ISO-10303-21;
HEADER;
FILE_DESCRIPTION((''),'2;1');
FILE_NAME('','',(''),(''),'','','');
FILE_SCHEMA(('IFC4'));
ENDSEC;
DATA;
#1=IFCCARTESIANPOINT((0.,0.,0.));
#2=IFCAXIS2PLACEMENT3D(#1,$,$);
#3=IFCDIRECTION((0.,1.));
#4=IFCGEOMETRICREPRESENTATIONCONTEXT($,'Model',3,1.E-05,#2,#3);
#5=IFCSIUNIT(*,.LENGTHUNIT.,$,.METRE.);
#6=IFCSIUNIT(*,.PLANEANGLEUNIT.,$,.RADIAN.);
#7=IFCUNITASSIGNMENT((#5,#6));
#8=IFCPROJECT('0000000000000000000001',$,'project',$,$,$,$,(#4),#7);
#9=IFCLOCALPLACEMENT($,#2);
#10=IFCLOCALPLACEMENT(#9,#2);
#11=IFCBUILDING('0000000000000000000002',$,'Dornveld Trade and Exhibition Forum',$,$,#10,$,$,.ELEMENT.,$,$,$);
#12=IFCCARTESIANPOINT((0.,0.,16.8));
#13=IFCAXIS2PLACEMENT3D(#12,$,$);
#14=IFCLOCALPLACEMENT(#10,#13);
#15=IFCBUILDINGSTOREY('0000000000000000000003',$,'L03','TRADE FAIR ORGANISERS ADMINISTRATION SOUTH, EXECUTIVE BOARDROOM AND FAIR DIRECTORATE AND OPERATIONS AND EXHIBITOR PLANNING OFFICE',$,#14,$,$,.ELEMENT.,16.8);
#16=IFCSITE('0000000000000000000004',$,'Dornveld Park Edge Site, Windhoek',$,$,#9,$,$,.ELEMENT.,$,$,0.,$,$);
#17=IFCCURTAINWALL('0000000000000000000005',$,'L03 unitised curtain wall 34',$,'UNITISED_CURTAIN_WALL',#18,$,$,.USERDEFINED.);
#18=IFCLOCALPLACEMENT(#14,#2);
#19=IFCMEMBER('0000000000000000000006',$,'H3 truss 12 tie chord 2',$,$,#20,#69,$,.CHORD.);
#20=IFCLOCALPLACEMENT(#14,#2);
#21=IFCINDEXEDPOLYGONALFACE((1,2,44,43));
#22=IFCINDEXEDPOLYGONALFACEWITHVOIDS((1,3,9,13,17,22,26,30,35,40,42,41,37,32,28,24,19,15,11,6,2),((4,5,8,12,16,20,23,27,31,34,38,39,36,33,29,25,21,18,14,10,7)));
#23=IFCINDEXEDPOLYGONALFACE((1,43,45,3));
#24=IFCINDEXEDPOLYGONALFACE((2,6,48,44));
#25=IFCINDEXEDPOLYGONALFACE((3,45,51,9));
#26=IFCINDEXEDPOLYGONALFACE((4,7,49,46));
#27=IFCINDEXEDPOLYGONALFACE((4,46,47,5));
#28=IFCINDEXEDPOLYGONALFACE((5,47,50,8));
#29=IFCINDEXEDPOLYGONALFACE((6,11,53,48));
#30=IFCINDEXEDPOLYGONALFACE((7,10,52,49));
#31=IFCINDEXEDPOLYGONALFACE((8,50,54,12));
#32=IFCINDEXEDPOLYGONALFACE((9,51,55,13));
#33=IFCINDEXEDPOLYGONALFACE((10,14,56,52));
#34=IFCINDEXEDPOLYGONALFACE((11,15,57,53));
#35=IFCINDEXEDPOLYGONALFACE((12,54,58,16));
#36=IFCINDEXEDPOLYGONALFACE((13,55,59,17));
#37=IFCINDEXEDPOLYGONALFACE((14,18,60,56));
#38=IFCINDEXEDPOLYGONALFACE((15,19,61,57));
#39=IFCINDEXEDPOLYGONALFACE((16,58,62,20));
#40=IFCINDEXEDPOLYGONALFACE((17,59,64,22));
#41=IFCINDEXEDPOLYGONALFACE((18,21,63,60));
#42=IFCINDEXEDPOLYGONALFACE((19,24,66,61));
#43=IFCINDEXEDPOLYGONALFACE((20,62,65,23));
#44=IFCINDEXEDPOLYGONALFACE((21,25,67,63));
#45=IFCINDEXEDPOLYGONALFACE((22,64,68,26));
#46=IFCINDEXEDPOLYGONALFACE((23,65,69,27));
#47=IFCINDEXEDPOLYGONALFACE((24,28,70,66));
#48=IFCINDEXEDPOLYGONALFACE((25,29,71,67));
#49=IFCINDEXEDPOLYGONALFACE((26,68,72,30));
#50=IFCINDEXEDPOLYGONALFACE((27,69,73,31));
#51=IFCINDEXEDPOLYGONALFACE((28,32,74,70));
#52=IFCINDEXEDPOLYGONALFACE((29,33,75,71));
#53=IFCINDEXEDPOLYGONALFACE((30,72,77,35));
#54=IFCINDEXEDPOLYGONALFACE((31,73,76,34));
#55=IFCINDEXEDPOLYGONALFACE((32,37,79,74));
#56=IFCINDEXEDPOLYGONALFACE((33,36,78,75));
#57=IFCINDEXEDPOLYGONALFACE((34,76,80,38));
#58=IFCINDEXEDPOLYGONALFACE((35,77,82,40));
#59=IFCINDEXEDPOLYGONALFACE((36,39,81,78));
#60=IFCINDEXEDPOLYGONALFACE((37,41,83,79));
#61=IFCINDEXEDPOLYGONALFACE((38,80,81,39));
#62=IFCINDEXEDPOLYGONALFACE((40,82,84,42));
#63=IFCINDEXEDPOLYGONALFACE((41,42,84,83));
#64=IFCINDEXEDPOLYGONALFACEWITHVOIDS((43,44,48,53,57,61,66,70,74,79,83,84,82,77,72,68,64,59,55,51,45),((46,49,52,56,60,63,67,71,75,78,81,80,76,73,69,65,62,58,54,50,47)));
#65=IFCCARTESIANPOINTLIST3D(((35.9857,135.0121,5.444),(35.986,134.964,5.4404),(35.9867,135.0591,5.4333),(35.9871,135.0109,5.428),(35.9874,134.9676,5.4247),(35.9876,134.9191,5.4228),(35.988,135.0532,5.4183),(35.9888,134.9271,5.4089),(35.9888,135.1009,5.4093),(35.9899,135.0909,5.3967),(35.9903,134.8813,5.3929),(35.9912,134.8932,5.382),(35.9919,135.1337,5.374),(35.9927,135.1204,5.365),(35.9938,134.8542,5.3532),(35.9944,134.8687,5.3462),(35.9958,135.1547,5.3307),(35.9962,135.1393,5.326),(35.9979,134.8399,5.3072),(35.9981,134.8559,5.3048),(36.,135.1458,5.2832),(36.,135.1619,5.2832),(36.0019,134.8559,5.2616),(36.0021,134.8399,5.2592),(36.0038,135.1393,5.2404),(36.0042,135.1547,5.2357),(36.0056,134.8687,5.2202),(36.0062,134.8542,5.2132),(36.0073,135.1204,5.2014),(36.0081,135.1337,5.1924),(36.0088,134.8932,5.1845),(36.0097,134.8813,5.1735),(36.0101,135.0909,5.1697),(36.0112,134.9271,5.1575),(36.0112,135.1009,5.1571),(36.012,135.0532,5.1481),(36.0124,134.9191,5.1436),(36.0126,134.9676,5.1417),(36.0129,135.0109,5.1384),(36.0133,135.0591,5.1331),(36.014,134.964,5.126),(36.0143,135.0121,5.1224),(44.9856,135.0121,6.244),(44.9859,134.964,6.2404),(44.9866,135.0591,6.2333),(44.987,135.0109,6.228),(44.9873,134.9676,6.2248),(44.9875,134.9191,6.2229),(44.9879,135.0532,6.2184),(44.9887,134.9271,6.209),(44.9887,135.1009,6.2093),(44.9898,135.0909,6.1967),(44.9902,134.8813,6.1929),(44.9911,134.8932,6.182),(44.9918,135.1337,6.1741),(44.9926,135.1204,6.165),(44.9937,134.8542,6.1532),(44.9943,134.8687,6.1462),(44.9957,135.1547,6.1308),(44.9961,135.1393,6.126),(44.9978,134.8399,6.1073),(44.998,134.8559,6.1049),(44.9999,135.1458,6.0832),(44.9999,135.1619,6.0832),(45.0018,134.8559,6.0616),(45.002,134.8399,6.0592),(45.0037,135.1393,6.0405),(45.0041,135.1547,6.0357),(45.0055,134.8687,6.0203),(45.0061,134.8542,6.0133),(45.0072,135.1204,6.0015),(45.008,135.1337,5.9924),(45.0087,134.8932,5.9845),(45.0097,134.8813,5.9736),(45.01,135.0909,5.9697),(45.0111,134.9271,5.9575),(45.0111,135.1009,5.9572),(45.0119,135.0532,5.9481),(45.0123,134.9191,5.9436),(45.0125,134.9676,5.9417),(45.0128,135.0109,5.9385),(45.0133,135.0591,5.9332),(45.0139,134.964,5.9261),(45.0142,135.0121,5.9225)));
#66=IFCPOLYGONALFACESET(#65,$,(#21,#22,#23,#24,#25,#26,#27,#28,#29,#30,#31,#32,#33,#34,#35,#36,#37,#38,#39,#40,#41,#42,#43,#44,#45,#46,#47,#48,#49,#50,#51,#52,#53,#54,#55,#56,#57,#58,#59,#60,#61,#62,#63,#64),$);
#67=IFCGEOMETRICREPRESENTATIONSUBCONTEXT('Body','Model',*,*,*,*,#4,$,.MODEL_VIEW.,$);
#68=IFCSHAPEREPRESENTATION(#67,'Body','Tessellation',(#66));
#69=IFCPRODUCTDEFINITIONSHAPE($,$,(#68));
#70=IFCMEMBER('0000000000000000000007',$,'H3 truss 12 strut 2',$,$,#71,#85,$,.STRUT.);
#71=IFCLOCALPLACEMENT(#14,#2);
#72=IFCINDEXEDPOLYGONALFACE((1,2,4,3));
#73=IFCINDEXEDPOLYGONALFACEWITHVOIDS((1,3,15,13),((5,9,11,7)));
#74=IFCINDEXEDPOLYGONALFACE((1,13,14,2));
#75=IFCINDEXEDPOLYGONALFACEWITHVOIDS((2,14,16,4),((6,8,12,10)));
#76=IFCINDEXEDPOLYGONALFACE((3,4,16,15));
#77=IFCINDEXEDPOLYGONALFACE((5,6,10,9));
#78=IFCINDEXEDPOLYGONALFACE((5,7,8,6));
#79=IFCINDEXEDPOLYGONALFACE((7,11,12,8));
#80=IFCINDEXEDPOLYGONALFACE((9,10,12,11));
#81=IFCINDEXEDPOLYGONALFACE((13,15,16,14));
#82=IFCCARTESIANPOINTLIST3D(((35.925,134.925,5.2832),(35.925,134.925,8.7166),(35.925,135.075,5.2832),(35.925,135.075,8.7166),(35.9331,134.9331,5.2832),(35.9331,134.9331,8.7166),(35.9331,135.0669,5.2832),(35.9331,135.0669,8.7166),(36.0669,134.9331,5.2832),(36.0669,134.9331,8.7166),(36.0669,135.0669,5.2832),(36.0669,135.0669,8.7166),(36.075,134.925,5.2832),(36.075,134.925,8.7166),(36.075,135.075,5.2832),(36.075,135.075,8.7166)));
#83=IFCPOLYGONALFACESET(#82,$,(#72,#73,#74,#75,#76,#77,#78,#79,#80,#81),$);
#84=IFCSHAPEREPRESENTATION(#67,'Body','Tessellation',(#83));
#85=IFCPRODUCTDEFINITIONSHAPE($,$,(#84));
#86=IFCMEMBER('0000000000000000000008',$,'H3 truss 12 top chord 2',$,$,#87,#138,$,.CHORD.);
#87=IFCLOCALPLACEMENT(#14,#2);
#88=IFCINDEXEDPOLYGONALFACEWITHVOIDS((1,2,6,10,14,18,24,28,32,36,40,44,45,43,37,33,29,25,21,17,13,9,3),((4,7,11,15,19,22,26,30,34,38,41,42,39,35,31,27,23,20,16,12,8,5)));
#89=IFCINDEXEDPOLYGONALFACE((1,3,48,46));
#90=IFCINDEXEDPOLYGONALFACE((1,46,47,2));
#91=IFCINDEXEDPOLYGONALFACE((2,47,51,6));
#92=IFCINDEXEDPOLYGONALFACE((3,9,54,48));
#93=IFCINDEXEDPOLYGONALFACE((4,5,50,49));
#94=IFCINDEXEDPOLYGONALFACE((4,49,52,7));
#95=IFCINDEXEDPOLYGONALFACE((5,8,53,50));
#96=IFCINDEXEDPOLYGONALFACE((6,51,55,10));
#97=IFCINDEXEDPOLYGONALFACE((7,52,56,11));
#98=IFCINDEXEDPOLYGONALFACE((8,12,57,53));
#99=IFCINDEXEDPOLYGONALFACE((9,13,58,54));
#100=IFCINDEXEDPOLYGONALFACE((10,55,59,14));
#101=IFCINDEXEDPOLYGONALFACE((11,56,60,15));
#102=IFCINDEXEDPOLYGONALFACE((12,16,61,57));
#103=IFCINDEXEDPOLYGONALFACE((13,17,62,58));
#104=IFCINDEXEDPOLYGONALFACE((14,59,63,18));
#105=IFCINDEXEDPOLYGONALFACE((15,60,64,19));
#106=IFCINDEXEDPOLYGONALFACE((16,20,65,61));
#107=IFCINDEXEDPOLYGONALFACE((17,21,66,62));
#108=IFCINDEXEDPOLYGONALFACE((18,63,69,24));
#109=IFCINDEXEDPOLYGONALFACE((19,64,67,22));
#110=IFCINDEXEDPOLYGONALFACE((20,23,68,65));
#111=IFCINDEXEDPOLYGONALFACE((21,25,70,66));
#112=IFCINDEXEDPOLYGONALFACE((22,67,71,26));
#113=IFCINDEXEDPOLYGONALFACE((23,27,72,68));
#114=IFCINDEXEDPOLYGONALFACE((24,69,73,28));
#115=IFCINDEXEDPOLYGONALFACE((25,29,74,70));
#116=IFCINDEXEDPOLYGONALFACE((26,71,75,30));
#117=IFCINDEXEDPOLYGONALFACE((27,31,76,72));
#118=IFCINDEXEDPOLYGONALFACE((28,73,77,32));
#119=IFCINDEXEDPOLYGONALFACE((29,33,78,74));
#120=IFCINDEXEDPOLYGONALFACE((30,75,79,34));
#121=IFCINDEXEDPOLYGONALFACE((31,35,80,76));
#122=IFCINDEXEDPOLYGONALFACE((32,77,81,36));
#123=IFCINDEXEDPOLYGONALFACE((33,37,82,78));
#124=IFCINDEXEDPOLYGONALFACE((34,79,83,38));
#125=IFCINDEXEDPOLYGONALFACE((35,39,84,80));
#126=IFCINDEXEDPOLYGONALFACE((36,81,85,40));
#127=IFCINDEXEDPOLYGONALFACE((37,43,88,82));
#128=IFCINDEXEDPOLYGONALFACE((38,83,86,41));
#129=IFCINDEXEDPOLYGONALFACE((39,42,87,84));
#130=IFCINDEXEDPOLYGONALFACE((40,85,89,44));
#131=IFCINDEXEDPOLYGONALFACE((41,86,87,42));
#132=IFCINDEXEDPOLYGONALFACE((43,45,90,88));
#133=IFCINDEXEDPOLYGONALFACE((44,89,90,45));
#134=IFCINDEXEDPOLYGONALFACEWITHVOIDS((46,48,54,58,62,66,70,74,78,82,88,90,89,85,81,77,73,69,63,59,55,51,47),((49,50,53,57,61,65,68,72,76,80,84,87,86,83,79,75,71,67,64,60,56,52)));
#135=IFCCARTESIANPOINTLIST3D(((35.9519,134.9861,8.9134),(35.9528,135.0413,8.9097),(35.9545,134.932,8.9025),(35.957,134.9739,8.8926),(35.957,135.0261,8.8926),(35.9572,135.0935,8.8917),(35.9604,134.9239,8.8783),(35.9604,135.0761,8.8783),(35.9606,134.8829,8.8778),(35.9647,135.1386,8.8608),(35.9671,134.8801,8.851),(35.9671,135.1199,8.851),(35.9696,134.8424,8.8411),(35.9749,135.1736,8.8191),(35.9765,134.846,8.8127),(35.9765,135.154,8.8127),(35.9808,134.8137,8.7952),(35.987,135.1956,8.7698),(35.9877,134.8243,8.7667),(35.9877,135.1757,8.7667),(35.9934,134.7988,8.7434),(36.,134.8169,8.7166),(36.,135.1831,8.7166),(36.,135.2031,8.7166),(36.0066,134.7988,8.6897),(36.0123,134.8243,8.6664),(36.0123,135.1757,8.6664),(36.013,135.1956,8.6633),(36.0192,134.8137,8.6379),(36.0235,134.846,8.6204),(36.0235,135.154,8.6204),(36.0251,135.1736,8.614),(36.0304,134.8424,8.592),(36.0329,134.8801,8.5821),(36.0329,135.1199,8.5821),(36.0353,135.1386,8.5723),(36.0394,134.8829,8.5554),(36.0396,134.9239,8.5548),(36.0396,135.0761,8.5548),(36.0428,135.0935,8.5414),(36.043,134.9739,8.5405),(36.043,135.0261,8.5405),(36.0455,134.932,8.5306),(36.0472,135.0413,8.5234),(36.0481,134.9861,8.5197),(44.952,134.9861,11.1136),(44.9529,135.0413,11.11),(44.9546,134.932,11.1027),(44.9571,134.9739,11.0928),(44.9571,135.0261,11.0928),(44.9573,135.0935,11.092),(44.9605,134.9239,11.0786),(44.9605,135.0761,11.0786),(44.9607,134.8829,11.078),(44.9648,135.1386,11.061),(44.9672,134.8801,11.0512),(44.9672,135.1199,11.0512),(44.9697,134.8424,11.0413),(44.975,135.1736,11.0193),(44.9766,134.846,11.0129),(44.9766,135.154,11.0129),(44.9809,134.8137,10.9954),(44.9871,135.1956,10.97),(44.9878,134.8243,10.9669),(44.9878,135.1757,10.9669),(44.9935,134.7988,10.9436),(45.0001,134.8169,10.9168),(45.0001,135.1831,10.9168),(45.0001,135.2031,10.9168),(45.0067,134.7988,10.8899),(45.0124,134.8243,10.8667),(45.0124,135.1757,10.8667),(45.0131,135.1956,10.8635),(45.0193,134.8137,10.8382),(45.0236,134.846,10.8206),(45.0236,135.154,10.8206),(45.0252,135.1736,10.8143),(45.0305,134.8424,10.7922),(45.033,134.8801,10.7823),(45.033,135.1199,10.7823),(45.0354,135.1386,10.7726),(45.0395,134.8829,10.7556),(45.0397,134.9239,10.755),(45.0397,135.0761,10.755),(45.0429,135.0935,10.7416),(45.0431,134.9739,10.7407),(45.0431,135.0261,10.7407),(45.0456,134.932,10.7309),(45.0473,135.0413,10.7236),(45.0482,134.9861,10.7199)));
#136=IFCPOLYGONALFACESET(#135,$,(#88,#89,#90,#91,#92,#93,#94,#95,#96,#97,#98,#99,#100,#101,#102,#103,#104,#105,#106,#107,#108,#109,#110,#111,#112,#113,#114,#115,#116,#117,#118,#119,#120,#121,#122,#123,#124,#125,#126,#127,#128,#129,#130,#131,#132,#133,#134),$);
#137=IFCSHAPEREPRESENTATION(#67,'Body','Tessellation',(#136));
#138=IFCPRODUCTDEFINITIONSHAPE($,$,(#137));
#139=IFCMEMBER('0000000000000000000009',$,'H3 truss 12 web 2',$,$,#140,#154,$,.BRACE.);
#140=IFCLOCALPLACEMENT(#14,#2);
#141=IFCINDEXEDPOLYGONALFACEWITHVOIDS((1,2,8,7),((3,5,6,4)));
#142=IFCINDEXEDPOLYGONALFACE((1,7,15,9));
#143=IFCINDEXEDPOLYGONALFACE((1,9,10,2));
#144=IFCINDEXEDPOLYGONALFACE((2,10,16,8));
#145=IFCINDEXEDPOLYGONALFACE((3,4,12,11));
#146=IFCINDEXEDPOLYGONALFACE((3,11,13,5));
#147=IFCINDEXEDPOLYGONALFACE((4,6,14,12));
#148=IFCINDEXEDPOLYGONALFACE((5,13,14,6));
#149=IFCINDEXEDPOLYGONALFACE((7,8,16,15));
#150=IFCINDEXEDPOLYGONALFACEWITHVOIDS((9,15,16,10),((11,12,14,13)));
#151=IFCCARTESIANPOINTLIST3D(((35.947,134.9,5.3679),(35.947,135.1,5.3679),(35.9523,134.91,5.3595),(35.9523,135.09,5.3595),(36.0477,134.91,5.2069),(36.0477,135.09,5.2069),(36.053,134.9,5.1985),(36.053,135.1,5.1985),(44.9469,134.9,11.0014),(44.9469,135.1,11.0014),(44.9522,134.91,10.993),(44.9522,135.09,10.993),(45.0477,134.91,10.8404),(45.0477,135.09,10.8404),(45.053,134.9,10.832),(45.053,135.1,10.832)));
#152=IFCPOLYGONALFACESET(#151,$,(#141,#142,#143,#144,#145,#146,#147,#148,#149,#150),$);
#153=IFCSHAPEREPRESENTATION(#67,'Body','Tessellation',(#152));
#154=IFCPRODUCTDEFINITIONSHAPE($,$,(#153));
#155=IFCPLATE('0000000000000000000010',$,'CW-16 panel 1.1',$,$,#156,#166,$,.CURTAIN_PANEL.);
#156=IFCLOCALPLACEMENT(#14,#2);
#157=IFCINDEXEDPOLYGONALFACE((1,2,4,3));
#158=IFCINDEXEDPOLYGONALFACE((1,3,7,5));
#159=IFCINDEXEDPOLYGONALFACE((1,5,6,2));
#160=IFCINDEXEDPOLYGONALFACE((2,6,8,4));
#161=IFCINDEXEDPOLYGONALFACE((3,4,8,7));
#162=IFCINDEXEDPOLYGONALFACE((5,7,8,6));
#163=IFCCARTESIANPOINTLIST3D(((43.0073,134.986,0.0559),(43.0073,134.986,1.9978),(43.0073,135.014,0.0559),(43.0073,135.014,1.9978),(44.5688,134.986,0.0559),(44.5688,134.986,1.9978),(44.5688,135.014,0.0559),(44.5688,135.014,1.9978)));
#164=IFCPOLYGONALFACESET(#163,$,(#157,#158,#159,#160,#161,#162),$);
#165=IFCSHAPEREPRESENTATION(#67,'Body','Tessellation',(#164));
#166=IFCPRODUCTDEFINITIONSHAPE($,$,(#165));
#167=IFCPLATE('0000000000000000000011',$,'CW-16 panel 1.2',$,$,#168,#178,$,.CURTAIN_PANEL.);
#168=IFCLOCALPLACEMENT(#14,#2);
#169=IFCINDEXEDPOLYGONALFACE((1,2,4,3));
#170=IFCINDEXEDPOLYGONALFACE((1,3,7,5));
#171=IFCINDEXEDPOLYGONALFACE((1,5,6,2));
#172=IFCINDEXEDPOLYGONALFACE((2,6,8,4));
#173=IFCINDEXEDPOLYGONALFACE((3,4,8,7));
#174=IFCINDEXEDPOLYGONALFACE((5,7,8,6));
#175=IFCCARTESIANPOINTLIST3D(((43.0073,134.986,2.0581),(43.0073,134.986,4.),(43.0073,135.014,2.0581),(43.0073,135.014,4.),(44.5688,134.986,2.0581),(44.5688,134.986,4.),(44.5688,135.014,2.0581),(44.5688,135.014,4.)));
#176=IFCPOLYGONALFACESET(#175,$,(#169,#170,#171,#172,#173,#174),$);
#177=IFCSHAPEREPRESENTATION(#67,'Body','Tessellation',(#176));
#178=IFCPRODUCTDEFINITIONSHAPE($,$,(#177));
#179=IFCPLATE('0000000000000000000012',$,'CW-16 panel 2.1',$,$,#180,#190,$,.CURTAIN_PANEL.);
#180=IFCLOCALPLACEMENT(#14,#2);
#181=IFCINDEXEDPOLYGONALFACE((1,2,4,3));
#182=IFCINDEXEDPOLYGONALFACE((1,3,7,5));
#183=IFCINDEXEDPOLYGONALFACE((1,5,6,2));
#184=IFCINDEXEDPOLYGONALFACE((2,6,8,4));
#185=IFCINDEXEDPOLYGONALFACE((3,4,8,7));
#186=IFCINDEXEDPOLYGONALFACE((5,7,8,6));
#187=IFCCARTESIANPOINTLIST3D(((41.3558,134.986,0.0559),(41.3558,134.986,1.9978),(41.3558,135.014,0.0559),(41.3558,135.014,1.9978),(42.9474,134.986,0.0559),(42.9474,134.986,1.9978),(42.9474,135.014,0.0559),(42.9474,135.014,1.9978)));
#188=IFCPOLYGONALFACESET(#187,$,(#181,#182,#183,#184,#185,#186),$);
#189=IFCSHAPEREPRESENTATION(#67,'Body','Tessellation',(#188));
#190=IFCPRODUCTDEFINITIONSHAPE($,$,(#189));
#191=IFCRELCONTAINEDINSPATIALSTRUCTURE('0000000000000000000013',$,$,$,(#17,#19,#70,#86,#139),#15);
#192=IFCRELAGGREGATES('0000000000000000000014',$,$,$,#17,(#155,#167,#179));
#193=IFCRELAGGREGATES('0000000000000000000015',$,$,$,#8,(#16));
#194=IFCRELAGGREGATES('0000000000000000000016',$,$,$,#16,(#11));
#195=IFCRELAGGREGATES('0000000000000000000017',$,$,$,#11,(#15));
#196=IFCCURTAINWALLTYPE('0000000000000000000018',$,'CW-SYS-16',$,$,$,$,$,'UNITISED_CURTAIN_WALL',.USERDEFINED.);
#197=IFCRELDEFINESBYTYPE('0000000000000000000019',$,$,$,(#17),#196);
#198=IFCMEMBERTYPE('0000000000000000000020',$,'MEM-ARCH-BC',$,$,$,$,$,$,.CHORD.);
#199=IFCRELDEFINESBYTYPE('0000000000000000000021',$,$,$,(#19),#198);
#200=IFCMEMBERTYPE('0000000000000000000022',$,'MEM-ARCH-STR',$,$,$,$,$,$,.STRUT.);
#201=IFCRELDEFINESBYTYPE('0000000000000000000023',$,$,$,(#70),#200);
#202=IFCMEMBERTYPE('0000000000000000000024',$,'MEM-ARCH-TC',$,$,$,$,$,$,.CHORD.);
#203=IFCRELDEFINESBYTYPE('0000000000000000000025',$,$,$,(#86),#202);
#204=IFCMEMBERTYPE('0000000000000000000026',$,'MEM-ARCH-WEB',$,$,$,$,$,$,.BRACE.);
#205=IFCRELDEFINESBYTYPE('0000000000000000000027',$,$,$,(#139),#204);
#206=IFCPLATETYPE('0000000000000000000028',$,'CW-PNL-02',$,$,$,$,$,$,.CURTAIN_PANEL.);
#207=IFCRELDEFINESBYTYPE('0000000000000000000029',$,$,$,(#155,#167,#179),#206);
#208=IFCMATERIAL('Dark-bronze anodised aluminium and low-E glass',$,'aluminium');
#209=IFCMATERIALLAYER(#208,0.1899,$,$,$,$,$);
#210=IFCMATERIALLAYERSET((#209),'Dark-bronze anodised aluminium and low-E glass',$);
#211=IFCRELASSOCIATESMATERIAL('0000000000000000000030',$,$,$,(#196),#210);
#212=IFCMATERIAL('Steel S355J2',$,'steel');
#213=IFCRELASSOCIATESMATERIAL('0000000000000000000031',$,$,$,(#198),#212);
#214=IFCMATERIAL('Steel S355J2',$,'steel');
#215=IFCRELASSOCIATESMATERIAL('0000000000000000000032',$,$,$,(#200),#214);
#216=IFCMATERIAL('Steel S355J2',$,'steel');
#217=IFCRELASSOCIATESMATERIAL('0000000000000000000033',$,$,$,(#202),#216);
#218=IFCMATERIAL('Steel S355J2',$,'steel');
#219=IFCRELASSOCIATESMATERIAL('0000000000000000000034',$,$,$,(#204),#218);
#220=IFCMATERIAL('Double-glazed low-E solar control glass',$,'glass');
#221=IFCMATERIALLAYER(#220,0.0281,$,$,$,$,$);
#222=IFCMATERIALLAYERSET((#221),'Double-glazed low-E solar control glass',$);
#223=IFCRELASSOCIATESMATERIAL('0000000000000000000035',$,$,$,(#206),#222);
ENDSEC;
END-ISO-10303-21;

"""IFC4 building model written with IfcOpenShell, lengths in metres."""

from ifc_helpers import new_model, si_unit, direction, frame, origin, origin_2d, place, context, subcontext, project, spatial, rectangle, hollow_rectangle, hollow_circle, extrude, material, layer, layer_set, material_profile, profile_set, type_object, element, aggregate, save


model = new_model("IFC4")

# Units and contexts
model_context = context("Model", 3, precision=1e-05, world=origin(), true_north=direction((0.0, 1.0)))
body_context = subcontext(model_context, "Body", "Model", "MODEL_VIEW")
ifc_project = project(units=[si_unit("LENGTHUNIT", "METRE"), si_unit("PLANEANGLEUNIT", "RADIAN")], contexts=[model_context])

# Site, building, storey
site_placement = place(None, origin())
site = spatial("IfcSite", under=ifc_project, at=site_placement, Name="Dornveld Park Edge Site, Windhoek", CompositionType="ELEMENT", RefElevation=0.0)
building_placement = place(site_placement, origin())
building = spatial("IfcBuilding", under=site, at=building_placement, Name="Dornveld Trade and Exhibition Forum", CompositionType="ELEMENT")
storey_placement = place(building_placement, frame((0.0, 0.0, 16.8)))
storey = spatial("IfcBuildingStorey", under=building, at=storey_placement, Name="L03", Description="TRADE FAIR ORGANISERS ADMINISTRATION SOUTH, EXECUTIVE BOARDROOM AND FAIR DIRECTORATE AND OPERATIONS AND EXHIBITOR PLANNING OFFICE", CompositionType="ELEMENT", Elevation=16.8)

# Curtain wall
ifc_material_1 = material(Name="Dark-bronze anodised aluminium and low-E glass", Category="aluminium")
ifc_layer_1 = layer(ifc_material_1, 0.1899)
ifc_layer_set_1 = layer_set([ifc_layer_1], Name="Dark-bronze anodised aluminium and low-E glass")
curtain_wall_type_1 = type_object("IfcCurtainWallType", Name="CW-SYS-16", ElementType="UNITISED_CURTAIN_WALL", PredefinedType="USERDEFINED", material=ifc_layer_set_1)
curtain_wall_1_placement = place(storey_placement, origin())
curtain_wall_1 = element("IfcCurtainWall", 1, at=curtain_wall_1_placement, inside=storey, type_object=curtain_wall_type_1, Name="L03 unitised curtain wall 34", ObjectType="UNITISED_CURTAIN_WALL", PredefinedType="USERDEFINED")

# Members
ifc_material_2 = material(Name="Steel S355J2", Category="steel")
ifc_material_profile_1 = material_profile(ifc_material_2, hollow_circle(Radius=0.1619, WallThickness=0.0161, at=origin_2d()), Name="CHS 323.9x16")
ifc_profile_set_1 = profile_set([ifc_material_profile_1], Name="Steel S355J2")
member_type_1 = type_object("IfcMemberType", Name="MEM-ARCH-BC", PredefinedType="CHORD", material=ifc_profile_set_1)
member_1_placement = place(storey_placement, frame((36.0, 135.0, 5.2832), z_axis=(0.996072, 0.0, 0.088545), x_axis=(0.0, 1.0, 0.0)))
element("IfcMember", 2, at=member_1_placement, inside=storey, type_object=member_type_1, Name="H3 truss 12 tie chord 2", PredefinedType="CHORD", context=body_context, shape_type="SweptSolid", body=[
    extrude(hollow_circle(Radius=0.1619, WallThickness=0.0161, at=origin_2d()), origin(), (0.0, 0.0, 1.0), 9.0354),
])
ifc_material_3 = material(Name="Steel S355J2", Category="steel")
ifc_material_profile_2 = material_profile(ifc_material_3, hollow_rectangle(XDim=0.1499, YDim=0.1499, WallThickness=0.0081, at=origin_2d()), Name="SHS 150x150x8")
ifc_profile_set_2 = profile_set([ifc_material_profile_2], Name="Steel S355J2")
member_type_2 = type_object("IfcMemberType", Name="MEM-ARCH-STR", PredefinedType="STRUT", material=ifc_profile_set_2)
member_2_placement = place(storey_placement, frame((36.0, 135.0, 5.2832), z_axis=(0.0, 0.0, 1.0), x_axis=(1.0, 0.0, 0.0)))
element("IfcMember", 3, at=member_2_placement, inside=storey, type_object=member_type_2, Name="H3 truss 12 strut 2", PredefinedType="STRUT", context=body_context, shape_type="SweptSolid", body=[
    extrude(hollow_rectangle(XDim=0.1499, YDim=0.1499, WallThickness=0.0081, at=origin_2d()), origin(), (0.0, 0.0, 1.0), 3.4333),
])
ifc_material_4 = material(Name="Steel S355J2", Category="steel")
ifc_material_profile_3 = material_profile(ifc_material_4, hollow_circle(Radius=0.2031, WallThickness=0.02, at=origin_2d()), Name="CHS 406.4x20")
ifc_profile_set_3 = profile_set([ifc_material_profile_3], Name="Steel S355J2")
member_type_3 = type_object("IfcMemberType", Name="MEM-ARCH-TC", PredefinedType="CHORD", material=ifc_profile_set_3)
member_3_placement = place(storey_placement, frame((36.0, 135.0, 8.7166), z_axis=(0.971394, 0.0, 0.237473), x_axis=(0.0, 1.0, 0.0)))
element("IfcMember", 4, at=member_3_placement, inside=storey, type_object=member_type_3, Name="H3 truss 12 top chord 2", PredefinedType="CHORD", context=body_context, shape_type="SweptSolid", body=[
    extrude(hollow_circle(Radius=0.2031, WallThickness=0.02, at=origin_2d()), origin(), (0.0, 0.0, 1.0), 9.2651),
])
ifc_material_5 = material(Name="Steel S355J2", Category="steel")
ifc_material_profile_4 = material_profile(ifc_material_5, hollow_rectangle(XDim=0.2, YDim=0.2, WallThickness=0.01, at=origin_2d()), Name="SHS 200x200x10")
ifc_profile_set_4 = profile_set([ifc_material_profile_4], Name="Steel S355J2")
member_type_4 = type_object("IfcMemberType", Name="MEM-ARCH-WEB", PredefinedType="BRACE", material=ifc_profile_set_4)
member_4_placement = place(storey_placement, frame((36.0, 135.0, 5.2832), z_axis=(0.847636, 0.0, 0.530578), x_axis=(0.0, 1.0, 0.0)))
element("IfcMember", 5, at=member_4_placement, inside=storey, type_object=member_type_4, Name="H3 truss 12 web 2", PredefinedType="BRACE", context=body_context, shape_type="SweptSolid", body=[
    extrude(hollow_rectangle(XDim=0.2, YDim=0.2, WallThickness=0.01, at=origin_2d()), origin(), (0.0, 0.0, 1.0), 10.6177),
])

# Plates
ifc_material_6 = material(Name="Double-glazed low-E solar control glass", Category="glass")
ifc_layer_2 = layer(ifc_material_6, 0.0281)
ifc_layer_set_2 = layer_set([ifc_layer_2], Name="Double-glazed low-E solar control glass")
plate_type = type_object("IfcPlateType", Name="CW-PNL-02", PredefinedType="CURTAIN_PANEL", material=ifc_layer_set_2)
plate_1_placement = place(storey_placement, frame((43.7881, 135.0, 0.0559), z_axis=(0.0, 0.0, 1.0), x_axis=(-1.0, 0.0, 0.0)))
plate_1 = element("IfcPlate", 6, at=plate_1_placement, type_object=plate_type, Name="CW-16 panel 1.1", PredefinedType="CURTAIN_PANEL", context=body_context, shape_type="SweptSolid", body=[
    extrude(rectangle(XDim=1.5615, YDim=0.0281, at=origin_2d()), origin(), (0.0, 0.0, 1.0), 1.9419),
])
plate_2_placement = place(storey_placement, frame((43.7881, 135.0, 2.0581), z_axis=(0.0, 0.0, 1.0), x_axis=(-1.0, 0.0, 0.0)))
plate_2 = element("IfcPlate", 7, at=plate_2_placement, type_object=plate_type, Name="CW-16 panel 1.2", PredefinedType="CURTAIN_PANEL", context=body_context, shape_type="SweptSolid", body=[
    extrude(rectangle(XDim=1.5615, YDim=0.0281, at=origin_2d()), origin(), (0.0, 0.0, 1.0), 1.9419),
])
plate_3_placement = place(storey_placement, frame((42.1516, 135.0, 0.0559), z_axis=(0.0, 0.0, 1.0), x_axis=(-1.0, 0.0, 0.0)))
plate_3 = element("IfcPlate", 8, at=plate_3_placement, type_object=plate_type, Name="CW-16 panel 2.1", PredefinedType="CURTAIN_PANEL", context=body_context, shape_type="SweptSolid", body=[
    extrude(rectangle(XDim=1.5916, YDim=0.0281, at=origin_2d()), origin(), (0.0, 0.0, 1.0), 1.9419),
])
aggregate(curtain_wall_1, [plate_1, plate_2, plate_3])

save(model, "model.ifc")
